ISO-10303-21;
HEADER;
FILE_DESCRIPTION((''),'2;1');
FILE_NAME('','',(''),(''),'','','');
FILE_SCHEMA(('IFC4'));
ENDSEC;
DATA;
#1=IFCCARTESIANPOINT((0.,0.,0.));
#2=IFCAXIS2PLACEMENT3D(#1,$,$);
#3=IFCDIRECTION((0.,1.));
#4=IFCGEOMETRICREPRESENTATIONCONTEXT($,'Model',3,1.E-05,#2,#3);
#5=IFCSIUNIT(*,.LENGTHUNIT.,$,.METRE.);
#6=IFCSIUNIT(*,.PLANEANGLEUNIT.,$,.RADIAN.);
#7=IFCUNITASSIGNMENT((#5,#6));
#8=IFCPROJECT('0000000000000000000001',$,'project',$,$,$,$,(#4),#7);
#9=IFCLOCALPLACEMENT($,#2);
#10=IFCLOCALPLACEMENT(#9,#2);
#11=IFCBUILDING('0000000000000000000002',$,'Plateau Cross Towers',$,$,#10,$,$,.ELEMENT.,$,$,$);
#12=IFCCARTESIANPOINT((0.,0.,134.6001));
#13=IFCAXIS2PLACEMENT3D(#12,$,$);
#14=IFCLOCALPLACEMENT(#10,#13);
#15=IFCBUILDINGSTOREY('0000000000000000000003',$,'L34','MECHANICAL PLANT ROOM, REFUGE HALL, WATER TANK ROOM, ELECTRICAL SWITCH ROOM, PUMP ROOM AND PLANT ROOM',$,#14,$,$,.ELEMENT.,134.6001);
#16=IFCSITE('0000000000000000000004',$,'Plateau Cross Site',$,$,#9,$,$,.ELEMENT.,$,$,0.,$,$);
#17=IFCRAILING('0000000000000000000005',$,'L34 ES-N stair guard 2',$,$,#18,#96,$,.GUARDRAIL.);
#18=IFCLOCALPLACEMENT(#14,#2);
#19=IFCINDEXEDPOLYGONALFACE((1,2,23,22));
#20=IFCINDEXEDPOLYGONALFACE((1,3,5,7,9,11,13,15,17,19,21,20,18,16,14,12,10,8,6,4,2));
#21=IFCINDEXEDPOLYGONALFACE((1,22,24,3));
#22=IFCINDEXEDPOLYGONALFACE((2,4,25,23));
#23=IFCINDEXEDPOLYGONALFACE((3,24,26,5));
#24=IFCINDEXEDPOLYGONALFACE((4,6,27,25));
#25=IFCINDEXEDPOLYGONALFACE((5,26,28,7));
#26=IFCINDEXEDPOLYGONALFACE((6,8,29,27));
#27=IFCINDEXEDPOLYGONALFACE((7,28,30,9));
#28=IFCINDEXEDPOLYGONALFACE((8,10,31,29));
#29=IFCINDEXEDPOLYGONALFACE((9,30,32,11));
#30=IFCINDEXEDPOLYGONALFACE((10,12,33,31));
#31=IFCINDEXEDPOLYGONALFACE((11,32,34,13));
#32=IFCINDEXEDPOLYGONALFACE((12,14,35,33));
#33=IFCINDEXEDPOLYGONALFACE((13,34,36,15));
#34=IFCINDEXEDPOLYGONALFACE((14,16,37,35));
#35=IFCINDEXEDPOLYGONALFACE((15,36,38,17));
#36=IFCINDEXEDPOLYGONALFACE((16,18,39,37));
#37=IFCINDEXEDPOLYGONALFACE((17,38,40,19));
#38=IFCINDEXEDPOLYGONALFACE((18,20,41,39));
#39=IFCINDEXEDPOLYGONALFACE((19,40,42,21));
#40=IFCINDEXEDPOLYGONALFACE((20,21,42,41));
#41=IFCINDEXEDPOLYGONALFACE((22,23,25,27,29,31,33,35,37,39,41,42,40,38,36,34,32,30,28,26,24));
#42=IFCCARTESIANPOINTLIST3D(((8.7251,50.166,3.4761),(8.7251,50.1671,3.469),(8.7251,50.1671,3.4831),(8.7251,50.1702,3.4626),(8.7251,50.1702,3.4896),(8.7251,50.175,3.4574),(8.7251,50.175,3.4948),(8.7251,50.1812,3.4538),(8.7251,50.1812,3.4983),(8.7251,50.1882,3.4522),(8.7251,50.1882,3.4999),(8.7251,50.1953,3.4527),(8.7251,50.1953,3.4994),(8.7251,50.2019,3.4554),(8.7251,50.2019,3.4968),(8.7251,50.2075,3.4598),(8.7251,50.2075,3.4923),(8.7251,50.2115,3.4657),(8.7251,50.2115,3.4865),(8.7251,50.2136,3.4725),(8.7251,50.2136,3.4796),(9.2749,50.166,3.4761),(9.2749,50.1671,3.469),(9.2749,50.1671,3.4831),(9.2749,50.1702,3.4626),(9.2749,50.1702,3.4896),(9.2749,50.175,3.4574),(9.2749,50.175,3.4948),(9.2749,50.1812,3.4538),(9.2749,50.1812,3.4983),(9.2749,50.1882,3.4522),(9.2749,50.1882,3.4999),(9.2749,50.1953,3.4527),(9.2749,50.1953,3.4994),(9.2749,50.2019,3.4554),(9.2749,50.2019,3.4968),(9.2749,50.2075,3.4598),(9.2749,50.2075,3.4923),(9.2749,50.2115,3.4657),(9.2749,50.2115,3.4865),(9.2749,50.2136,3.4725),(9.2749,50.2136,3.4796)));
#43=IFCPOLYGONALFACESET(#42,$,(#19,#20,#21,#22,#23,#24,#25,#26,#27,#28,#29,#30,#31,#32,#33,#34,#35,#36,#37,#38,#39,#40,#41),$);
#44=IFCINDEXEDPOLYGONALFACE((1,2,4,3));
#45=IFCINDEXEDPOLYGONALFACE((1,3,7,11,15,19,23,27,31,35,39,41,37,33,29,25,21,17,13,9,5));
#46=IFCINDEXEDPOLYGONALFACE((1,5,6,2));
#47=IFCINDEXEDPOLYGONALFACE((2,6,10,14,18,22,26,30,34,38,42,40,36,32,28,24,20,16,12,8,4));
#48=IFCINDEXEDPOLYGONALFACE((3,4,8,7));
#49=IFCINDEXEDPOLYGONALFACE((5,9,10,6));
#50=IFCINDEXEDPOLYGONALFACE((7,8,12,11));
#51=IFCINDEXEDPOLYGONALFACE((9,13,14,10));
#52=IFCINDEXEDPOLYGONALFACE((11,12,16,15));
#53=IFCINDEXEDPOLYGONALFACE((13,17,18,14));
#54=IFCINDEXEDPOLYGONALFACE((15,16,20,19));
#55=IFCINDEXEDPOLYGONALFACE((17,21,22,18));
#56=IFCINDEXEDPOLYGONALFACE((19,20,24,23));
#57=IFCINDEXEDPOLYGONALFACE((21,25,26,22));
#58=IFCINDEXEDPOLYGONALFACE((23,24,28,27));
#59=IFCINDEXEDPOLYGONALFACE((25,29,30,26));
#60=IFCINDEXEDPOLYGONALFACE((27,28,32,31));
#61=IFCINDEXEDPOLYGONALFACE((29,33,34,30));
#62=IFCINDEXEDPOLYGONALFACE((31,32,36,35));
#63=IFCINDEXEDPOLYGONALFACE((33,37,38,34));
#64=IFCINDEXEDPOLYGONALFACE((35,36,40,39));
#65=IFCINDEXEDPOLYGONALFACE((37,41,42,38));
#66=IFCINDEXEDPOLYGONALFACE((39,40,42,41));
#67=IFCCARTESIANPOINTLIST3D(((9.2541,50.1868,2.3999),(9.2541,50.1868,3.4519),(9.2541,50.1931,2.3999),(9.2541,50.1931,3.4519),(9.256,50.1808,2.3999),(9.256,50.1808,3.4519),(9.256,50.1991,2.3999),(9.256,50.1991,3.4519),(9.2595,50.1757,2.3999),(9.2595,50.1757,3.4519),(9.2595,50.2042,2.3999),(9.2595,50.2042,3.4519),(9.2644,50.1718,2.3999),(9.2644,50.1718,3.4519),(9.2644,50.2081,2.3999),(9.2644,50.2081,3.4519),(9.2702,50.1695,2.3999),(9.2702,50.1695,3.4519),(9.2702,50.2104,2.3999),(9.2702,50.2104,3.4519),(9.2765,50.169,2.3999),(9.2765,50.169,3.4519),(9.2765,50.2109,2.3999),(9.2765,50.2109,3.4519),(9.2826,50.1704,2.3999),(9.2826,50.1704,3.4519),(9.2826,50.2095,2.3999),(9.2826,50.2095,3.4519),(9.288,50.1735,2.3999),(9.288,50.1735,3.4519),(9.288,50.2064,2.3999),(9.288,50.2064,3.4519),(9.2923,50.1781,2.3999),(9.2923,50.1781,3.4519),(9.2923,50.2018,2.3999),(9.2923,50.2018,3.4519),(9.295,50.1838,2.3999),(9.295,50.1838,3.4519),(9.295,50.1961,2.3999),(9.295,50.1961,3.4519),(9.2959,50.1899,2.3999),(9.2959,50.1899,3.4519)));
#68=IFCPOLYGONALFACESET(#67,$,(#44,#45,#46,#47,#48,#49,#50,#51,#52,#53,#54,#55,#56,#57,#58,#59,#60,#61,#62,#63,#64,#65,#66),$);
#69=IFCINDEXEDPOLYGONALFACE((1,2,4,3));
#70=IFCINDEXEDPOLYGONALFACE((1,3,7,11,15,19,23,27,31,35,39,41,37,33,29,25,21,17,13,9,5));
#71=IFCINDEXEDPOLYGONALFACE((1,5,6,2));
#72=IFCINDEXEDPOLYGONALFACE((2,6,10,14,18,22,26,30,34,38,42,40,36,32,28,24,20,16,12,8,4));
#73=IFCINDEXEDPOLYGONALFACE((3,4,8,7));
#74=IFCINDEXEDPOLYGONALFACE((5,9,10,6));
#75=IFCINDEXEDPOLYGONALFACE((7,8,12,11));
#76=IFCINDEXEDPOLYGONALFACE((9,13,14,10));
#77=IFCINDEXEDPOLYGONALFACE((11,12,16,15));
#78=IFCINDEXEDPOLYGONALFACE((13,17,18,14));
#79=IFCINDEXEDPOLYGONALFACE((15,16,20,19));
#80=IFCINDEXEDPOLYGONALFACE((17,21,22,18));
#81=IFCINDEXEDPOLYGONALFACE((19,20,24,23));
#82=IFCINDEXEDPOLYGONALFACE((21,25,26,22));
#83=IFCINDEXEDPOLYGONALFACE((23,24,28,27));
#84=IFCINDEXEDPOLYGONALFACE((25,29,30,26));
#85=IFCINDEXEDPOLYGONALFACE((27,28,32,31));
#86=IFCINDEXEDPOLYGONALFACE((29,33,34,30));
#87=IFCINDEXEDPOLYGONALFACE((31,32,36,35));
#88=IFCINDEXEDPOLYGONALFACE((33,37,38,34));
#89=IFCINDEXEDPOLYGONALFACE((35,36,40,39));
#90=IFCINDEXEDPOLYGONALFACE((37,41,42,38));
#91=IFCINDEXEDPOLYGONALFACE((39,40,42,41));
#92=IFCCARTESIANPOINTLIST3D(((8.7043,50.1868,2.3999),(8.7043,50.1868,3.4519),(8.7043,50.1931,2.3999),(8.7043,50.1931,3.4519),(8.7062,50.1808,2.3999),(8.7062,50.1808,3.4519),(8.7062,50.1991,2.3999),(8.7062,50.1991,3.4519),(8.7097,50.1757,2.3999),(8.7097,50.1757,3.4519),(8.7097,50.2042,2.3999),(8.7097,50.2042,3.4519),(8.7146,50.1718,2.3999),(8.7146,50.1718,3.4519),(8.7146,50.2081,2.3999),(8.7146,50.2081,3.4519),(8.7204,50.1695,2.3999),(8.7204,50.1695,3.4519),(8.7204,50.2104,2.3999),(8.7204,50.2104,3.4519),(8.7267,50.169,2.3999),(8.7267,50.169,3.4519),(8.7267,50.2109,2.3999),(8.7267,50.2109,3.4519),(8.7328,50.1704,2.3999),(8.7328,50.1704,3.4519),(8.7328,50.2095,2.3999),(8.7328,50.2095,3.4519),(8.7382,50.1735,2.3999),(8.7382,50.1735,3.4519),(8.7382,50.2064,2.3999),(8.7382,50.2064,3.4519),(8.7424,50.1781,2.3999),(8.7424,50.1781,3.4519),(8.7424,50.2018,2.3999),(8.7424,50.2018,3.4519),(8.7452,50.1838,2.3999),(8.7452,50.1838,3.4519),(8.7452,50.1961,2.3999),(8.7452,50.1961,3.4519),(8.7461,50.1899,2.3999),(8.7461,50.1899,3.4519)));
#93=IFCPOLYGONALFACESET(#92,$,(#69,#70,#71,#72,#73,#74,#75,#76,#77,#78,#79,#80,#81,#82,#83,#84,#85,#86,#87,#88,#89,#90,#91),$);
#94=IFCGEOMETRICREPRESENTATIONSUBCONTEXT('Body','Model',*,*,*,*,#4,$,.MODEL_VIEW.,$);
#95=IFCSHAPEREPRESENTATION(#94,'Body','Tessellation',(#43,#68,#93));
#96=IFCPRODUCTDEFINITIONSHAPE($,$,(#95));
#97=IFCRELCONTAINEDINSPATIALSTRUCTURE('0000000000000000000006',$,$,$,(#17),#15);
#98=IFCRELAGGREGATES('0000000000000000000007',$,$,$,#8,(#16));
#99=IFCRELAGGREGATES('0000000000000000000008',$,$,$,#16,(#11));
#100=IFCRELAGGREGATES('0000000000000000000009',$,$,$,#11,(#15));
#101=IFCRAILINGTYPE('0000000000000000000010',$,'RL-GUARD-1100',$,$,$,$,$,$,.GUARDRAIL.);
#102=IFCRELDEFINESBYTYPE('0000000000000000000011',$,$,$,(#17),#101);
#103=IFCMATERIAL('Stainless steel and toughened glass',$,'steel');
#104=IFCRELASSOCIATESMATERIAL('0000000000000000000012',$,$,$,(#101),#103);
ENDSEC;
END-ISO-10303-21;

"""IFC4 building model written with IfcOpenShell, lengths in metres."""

from ifc_helpers import new_model, si_unit, direction, frame, origin, origin_2d, place, context, subcontext, project, spatial, circle, extrude, material, type_object, element, save


model = new_model("IFC4")

# Units and contexts
model_context = context("Model", 3, precision=1e-05, world=origin(), true_north=direction((0.0, 1.0)))
body_context = subcontext(model_context, "Body", "Model", "MODEL_VIEW")
ifc_project = project(units=[si_unit("LENGTHUNIT", "METRE"), si_unit("PLANEANGLEUNIT", "RADIAN")], contexts=[model_context])

# Site, building, storey
site_placement = place(None, origin())
site = spatial("IfcSite", under=ifc_project, at=site_placement, Name="Plateau Cross Site", CompositionType="ELEMENT", RefElevation=0.0)
building_placement = place(site_placement, origin())
building = spatial("IfcBuilding", under=site, at=building_placement, Name="Plateau Cross Towers", CompositionType="ELEMENT")
storey_placement = place(building_placement, frame((0.0, 0.0, 134.6001)))
storey = spatial("IfcBuildingStorey", under=building, at=storey_placement, Name="L34", Description="MECHANICAL PLANT ROOM, REFUGE HALL, WATER TANK ROOM, ELECTRICAL SWITCH ROOM, PUMP ROOM AND PLANT ROOM", CompositionType="ELEMENT", Elevation=134.6001)

# Railing
ifc_material_1 = material(Name="Stainless steel and toughened glass", Category="steel")
railing_type_1 = type_object("IfcRailingType", Name="RL-GUARD-1100", PredefinedType="GUARDRAIL", material=ifc_material_1)
railing_1_placement = place(storey_placement, frame((9.2749, 50.1899, 2.3999)))
element("IfcRailing", 1, at=railing_1_placement, inside=storey, type_object=railing_type_1, Name="L34 ES-N stair guard 2", PredefinedType="GUARDRAIL", context=body_context, shape_type="SweptSolid", body=[
    extrude(circle(Radius=0.0239, at=origin_2d()), frame((0.0, 0.0, 1.0762), z_axis=(-1.0, 0.0, 0.0), x_axis=(0.0, -1.0, 0.0)), (0.0, 0.0, 1.0), 0.5498),
    extrude(circle(Radius=0.021, at=origin_2d()), origin(), (0.0, 0.0, 1.0), 1.052),
    extrude(circle(Radius=0.021, at=origin_2d()), frame((-0.5498, 0.0, 0.0)), (0.0, 0.0, 1.0), 1.052),
])

save(model, "model.ifc")
